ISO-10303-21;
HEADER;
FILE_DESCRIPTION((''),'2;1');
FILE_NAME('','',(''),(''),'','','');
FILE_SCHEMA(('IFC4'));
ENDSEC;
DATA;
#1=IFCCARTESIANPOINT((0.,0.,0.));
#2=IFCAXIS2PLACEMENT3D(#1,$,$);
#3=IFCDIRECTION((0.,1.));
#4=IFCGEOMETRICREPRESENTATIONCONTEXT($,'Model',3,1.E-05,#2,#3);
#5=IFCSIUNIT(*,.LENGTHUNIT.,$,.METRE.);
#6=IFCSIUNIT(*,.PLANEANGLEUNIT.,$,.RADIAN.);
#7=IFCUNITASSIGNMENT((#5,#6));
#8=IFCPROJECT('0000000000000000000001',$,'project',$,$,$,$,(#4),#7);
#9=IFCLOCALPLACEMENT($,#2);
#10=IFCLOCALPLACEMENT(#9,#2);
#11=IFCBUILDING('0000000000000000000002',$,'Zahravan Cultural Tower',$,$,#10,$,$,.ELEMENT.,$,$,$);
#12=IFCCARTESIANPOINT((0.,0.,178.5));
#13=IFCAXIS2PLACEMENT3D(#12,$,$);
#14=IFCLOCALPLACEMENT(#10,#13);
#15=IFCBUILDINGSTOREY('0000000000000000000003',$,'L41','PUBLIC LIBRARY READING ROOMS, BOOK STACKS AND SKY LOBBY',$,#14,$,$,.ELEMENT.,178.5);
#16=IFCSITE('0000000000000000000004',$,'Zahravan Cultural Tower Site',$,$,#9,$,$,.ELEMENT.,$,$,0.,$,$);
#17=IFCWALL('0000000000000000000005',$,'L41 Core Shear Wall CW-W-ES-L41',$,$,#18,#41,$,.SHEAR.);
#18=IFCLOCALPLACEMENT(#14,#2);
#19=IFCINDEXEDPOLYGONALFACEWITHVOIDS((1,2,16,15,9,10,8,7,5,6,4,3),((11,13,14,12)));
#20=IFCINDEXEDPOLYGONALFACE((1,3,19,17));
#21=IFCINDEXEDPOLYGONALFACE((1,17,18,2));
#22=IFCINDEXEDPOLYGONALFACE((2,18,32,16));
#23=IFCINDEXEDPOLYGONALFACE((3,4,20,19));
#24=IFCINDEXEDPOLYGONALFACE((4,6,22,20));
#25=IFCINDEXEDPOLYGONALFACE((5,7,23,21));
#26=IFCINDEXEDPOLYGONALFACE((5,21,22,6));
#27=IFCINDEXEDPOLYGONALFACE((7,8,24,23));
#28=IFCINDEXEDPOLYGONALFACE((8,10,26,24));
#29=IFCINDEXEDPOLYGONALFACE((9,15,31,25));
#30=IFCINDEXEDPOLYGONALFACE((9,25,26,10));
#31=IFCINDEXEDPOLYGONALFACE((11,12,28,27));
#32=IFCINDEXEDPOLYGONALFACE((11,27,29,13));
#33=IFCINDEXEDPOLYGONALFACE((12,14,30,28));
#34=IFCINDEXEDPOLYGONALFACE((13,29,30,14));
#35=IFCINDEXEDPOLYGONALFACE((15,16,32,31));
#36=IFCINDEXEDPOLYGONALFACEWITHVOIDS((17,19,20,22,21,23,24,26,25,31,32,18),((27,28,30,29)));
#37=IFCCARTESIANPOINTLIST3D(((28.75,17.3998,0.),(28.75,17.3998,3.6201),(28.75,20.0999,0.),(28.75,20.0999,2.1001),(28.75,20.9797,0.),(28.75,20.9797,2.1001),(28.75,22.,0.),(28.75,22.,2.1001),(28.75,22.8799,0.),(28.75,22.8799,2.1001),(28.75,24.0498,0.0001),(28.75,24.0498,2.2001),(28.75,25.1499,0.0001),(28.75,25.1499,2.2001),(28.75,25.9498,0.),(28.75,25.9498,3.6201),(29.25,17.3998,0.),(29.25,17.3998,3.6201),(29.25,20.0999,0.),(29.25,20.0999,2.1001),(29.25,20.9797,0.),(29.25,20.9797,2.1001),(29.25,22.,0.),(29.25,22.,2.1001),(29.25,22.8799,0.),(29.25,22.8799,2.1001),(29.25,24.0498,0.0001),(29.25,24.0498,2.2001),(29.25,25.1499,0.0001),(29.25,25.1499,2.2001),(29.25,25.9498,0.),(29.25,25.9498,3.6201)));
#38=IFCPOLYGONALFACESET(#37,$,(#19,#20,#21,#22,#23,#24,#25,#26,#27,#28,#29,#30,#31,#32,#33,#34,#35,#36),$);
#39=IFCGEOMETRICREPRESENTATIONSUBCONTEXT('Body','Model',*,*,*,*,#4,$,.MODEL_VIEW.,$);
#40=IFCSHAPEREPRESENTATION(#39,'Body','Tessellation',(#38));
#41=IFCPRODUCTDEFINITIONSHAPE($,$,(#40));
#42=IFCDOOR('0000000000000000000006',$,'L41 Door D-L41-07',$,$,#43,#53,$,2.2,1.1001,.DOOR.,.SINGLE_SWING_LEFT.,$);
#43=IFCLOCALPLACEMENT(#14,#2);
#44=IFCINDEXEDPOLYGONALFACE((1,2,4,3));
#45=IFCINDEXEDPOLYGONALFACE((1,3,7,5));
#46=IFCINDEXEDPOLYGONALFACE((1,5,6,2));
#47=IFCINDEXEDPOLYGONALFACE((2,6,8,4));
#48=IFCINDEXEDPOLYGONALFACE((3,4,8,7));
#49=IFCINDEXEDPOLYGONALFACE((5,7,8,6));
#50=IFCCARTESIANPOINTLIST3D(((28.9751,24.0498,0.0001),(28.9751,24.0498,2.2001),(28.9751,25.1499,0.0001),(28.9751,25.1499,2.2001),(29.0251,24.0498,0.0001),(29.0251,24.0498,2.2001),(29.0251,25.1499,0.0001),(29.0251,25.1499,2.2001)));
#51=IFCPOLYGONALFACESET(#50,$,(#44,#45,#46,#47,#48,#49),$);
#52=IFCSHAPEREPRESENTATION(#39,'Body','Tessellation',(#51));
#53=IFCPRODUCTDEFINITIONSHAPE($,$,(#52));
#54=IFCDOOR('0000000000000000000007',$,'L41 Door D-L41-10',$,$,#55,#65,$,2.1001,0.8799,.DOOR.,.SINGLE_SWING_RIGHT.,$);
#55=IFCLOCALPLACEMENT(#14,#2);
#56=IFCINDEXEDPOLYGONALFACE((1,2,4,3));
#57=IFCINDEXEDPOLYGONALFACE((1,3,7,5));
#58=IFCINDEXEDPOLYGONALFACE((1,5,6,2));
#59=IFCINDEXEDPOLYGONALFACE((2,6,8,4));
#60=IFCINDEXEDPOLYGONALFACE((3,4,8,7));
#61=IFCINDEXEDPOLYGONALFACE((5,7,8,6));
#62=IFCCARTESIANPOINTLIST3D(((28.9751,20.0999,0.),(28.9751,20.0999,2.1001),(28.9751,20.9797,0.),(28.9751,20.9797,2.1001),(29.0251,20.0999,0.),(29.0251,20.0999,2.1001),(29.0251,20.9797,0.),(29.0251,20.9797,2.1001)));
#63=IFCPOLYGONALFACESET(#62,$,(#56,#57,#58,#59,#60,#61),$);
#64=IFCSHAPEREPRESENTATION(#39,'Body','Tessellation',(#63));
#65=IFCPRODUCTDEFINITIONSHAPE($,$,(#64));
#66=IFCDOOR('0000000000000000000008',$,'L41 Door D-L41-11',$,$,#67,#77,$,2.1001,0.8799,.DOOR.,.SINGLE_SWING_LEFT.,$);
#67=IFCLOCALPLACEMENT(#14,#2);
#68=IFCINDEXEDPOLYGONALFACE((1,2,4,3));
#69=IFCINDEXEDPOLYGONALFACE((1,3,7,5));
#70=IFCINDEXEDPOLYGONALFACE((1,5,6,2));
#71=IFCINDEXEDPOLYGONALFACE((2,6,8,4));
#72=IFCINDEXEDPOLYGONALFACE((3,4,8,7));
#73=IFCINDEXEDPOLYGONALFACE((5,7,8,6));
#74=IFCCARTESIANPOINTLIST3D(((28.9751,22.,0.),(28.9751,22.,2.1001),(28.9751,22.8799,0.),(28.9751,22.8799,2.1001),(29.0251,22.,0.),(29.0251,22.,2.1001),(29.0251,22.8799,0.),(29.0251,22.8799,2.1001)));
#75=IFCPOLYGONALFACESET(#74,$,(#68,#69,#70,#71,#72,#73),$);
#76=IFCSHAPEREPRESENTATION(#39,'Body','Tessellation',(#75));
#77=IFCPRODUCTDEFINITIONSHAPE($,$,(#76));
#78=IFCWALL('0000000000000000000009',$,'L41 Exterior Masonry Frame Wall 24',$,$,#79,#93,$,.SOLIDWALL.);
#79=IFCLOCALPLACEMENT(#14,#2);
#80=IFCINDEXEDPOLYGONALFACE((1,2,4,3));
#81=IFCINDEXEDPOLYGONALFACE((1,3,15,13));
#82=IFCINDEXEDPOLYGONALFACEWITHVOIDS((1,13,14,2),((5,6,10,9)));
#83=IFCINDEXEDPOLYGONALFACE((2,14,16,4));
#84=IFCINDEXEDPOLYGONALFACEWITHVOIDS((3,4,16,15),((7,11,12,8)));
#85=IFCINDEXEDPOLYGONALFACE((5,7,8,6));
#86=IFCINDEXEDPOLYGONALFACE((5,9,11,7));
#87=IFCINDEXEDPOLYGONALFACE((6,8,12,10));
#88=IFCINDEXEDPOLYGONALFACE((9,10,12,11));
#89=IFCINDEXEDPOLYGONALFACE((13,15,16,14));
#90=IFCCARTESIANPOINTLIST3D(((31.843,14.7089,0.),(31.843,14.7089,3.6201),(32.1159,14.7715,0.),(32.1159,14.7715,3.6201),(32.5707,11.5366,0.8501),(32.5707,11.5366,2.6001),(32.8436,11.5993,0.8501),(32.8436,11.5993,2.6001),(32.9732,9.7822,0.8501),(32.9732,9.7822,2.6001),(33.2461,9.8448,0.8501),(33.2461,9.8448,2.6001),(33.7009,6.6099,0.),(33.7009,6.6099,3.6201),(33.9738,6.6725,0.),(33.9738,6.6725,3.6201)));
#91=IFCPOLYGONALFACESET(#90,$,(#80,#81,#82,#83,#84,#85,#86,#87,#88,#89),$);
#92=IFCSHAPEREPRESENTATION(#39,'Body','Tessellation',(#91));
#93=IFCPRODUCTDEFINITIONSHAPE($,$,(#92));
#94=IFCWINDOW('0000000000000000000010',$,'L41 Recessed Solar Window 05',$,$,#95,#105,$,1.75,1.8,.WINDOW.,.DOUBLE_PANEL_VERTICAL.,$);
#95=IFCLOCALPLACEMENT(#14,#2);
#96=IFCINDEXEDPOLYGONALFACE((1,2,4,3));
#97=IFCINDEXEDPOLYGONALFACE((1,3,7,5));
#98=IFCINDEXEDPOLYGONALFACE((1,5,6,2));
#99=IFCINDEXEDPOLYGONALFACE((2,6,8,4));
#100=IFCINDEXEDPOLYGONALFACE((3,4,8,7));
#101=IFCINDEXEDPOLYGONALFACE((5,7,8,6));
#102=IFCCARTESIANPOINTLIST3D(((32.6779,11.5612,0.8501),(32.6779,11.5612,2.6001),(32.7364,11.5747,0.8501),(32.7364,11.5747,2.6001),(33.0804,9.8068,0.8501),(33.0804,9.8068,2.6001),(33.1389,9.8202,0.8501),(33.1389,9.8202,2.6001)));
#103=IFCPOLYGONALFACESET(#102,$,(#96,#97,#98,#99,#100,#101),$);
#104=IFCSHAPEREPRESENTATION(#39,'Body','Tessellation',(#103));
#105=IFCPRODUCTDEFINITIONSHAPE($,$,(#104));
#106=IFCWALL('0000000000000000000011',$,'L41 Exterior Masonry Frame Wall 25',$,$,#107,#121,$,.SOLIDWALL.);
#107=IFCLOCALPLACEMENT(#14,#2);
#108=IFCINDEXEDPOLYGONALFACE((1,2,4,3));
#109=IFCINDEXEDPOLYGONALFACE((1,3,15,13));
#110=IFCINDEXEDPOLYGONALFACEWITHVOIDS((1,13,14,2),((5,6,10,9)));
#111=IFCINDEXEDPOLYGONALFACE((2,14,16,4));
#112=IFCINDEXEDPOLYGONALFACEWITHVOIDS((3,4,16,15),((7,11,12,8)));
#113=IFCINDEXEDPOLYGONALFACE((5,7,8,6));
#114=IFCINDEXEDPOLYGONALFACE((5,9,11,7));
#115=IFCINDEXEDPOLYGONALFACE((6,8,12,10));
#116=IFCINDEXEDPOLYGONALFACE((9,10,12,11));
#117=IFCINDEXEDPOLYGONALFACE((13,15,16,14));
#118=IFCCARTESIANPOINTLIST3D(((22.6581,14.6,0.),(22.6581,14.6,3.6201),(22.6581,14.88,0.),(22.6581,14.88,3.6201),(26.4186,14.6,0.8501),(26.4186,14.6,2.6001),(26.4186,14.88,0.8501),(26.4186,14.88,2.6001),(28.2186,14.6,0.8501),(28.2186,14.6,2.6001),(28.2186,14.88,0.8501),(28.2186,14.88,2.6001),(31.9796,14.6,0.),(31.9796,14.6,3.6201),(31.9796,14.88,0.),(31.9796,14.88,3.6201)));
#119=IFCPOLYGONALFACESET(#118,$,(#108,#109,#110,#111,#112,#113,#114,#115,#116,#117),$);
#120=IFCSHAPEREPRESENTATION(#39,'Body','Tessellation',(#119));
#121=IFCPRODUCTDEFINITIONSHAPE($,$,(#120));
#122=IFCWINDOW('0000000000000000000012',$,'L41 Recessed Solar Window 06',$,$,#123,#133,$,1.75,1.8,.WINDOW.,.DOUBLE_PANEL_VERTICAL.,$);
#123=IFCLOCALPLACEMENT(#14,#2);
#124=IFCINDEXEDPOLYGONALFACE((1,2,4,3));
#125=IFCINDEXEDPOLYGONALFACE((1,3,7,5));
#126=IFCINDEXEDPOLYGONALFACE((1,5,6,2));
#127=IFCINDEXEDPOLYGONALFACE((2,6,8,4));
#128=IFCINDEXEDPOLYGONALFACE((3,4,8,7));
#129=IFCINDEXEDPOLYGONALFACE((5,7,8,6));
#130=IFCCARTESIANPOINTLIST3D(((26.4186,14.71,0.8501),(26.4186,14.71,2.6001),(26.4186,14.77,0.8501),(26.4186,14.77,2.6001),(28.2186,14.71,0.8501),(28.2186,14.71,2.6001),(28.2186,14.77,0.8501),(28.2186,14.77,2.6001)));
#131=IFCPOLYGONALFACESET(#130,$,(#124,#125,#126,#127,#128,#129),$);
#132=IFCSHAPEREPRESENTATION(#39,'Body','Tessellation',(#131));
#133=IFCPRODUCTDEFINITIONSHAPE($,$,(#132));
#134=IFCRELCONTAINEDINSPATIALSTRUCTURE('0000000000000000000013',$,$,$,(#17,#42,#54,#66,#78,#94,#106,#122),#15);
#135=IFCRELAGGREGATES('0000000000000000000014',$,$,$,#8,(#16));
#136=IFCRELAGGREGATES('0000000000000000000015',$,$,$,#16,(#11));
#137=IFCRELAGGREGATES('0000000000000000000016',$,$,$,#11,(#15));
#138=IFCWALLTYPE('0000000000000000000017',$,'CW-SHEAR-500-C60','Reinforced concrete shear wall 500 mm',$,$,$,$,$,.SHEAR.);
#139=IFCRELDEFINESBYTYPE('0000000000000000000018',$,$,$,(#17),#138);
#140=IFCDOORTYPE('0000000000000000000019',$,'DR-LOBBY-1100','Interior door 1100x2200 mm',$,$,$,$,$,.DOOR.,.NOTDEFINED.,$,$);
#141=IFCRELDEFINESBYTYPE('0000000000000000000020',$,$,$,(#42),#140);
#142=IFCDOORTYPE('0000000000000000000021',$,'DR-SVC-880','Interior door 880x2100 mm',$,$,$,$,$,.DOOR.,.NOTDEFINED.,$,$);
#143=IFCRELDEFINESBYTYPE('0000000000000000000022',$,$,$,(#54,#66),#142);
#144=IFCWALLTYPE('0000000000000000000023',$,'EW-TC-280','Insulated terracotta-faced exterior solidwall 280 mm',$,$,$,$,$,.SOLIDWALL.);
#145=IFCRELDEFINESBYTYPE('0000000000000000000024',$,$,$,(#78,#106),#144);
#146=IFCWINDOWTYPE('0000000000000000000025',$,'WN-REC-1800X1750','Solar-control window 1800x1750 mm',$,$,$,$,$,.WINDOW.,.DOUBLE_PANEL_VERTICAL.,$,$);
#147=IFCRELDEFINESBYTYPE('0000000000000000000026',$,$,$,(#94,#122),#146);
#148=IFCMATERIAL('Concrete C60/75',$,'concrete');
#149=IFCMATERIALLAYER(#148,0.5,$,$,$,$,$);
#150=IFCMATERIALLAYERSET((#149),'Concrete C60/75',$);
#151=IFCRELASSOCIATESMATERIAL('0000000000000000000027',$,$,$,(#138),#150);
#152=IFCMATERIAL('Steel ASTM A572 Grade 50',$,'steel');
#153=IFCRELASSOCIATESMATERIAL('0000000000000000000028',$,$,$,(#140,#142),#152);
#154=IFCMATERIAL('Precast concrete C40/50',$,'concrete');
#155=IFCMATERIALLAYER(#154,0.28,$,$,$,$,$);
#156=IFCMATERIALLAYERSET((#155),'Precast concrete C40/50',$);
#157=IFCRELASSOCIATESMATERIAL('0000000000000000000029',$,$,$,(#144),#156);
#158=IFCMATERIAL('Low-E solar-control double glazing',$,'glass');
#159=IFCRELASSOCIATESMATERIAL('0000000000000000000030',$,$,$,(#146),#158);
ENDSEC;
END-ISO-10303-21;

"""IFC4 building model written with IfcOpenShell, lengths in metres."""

from ifc_helpers import new_model, si_unit, direction, frame, frame_2d, origin, place, context, subcontext, project, spatial, rectangle, extrude, source, transform, mapped, material, layer, layer_set, type_object, element, fill, save


model = new_model("IFC4")

# Units and contexts
model_context = context("Model", 3, precision=1e-05, world=origin(), true_north=direction((0.0, 1.0)))
body_context = subcontext(model_context, "Body", "Model", "MODEL_VIEW")
ifc_project = project(units=[si_unit("LENGTHUNIT", "METRE"), si_unit("PLANEANGLEUNIT", "RADIAN")], contexts=[model_context])

# Site, building, storey
site_placement = place(None, origin())
site = spatial("IfcSite", under=ifc_project, at=site_placement, Name="Zahravan Cultural Tower Site", CompositionType="ELEMENT", RefElevation=0.0)
building_placement = place(site_placement, origin())
building = spatial("IfcBuilding", under=site, at=building_placement, Name="Zahravan Cultural Tower", CompositionType="ELEMENT")
storey_placement = place(building_placement, frame((0.0, 0.0, 178.5)))
storey = spatial("IfcBuildingStorey", under=building, at=storey_placement, Name="L41", Description="PUBLIC LIBRARY READING ROOMS, BOOK STACKS AND SKY LOBBY", CompositionType="ELEMENT", Elevation=178.5)

# Wall, openings, doors
ifc_material_1 = material(Name="Concrete C60/75", Category="concrete")
ifc_layer_1 = layer(ifc_material_1, 0.5)
ifc_layer_set_1 = layer_set([ifc_layer_1], Name="Concrete C60/75")
wall_type_1 = type_object("IfcWallType", Name="CW-SHEAR-500-C60", Description="Reinforced concrete shear wall 500 mm", PredefinedType="SHEAR", material=ifc_layer_set_1)
wall_1_placement = place(storey_placement, frame((29.0, 17.3999, 0.0), z_axis=(0.0, 0.0, 1.0), x_axis=(0.0, 1.0, 0.0)))
wall_1 = element("IfcWall", 1, at=wall_1_placement, inside=storey, type_object=wall_type_1, Name="L41 Core Shear Wall CW-W-ES-L41", PredefinedType="SHEAR", context=body_context, shape_type="SweptSolid", body=[
    extrude(rectangle(XDim=8.55, YDim=0.5, at=frame_2d((4.2749, 0.0))), origin(), (0.0, 0.0, 1.0), 3.6201),
])
opening_1_placement = place(wall_1_placement, frame((6.6499, 0.0, 0.0)))
opening_1 = element("IfcOpeningElement", 2, at=opening_1_placement, cuts=wall_1, PredefinedType="OPENING", context=body_context, shape_type="SweptSolid", body=[
    extrude(rectangle(XDim=1.1001, YDim=2.2, at=frame_2d((0.55, 1.1001))), frame((0.0, 0.26, 0.0), z_axis=(0.0, -1.0, 0.0), x_axis=(1.0, 0.0, 0.0)), (0.0, 0.0, 1.0), 0.52),
])
opening_2_placement = place(wall_1_placement, frame((2.7, 0.0, 0.0)))
opening_2 = element("IfcOpeningElement", 3, at=opening_2_placement, cuts=wall_1, PredefinedType="OPENING", context=body_context, shape_type="SweptSolid", body=[
    extrude(rectangle(XDim=0.8799, YDim=2.1001, at=frame_2d((0.4399, 1.05))), frame((0.0, 0.26, 0.0), z_axis=(0.0, -1.0, 0.0), x_axis=(1.0, 0.0, 0.0)), (0.0, 0.0, 1.0), 0.52),
])
opening_3_placement = place(wall_1_placement, frame((4.6001, 0.0, 0.0)))
opening_3 = element("IfcOpeningElement", 4, at=opening_3_placement, cuts=wall_1, PredefinedType="OPENING", context=body_context, shape_type="SweptSolid", body=[
    extrude(rectangle(XDim=0.8799, YDim=2.1001, at=frame_2d((0.4399, 1.05))), frame((0.0, 0.26, 0.0), z_axis=(0.0, -1.0, 0.0), x_axis=(1.0, 0.0, 0.0)), (0.0, 0.0, 1.0), 0.52),
])
ifc_material_2 = material(Name="Steel ASTM A572 Grade 50", Category="steel")
door_type_1 = type_object("IfcDoorType", Name="DR-LOBBY-1100", Description="Interior door 1100x2200 mm", OperationType="NOTDEFINED", PredefinedType="DOOR", material=ifc_material_2)
shared_shape_1 = source(origin(), body_context, "Body", "SweptSolid", [
    extrude(rectangle(XDim=1.1001, YDim=2.2, at=frame_2d((0.55, 1.1001))), frame((0.0, 0.0249, 0.0), z_axis=(0.0, -1.0, 0.0), x_axis=(1.0, 0.0, 0.0)), (0.0, 0.0, 1.0), 0.05),
])
door_1_placement = place(opening_1_placement, origin())
door_1 = element("IfcDoor", 5, at=door_1_placement, inside=storey, type_object=door_type_1, Name="L41 Door D-L41-07", OperationType="SINGLE_SWING_LEFT", OverallHeight=2.2, OverallWidth=1.1001, PredefinedType="DOOR", context=body_context, shape_type="MappedRepresentation", body=[
    mapped(shared_shape_1, transform((0.0, 0.0, 0.0), x_axis=(1.0, 0.0, 0.0), y_axis=(0.0, 1.0, 0.0), z_axis=(0.0, 0.0, 1.0), scale=1.0)),
])
fill(opening_1, door_1)
door_type_2 = type_object("IfcDoorType", Name="DR-SVC-880", Description="Interior door 880x2100 mm", OperationType="NOTDEFINED", PredefinedType="DOOR", material=ifc_material_2)
shared_shape_2 = source(origin(), body_context, "Body", "SweptSolid", [
    extrude(rectangle(XDim=0.8799, YDim=2.1001, at=frame_2d((0.4399, 1.05))), frame((0.0, 0.0249, 0.0), z_axis=(0.0, -1.0, 0.0), x_axis=(1.0, 0.0, 0.0)), (0.0, 0.0, 1.0), 0.05),
])
door_2_placement = place(opening_2_placement, origin())
door_2 = element("IfcDoor", 6, at=door_2_placement, inside=storey, type_object=door_type_2, Name="L41 Door D-L41-10", OperationType="SINGLE_SWING_RIGHT", OverallHeight=2.1001, OverallWidth=0.8799, PredefinedType="DOOR", context=body_context, shape_type="MappedRepresentation", body=[
    mapped(shared_shape_2, transform((0.0, 0.0, 0.0), x_axis=(1.0, 0.0, 0.0), y_axis=(0.0, 1.0, 0.0), z_axis=(0.0, 0.0, 1.0), scale=1.0)),
])
fill(opening_2, door_2)
door_3_placement = place(opening_3_placement, origin())
door_3 = element("IfcDoor", 7, at=door_3_placement, inside=storey, type_object=door_type_2, Name="L41 Door D-L41-11", OperationType="SINGLE_SWING_LEFT", OverallHeight=2.1001, OverallWidth=0.8799, PredefinedType="DOOR", context=body_context, shape_type="MappedRepresentation", body=[
    mapped(shared_shape_2, transform((0.0, 0.0, 0.0), x_axis=(1.0, 0.0, 0.0), y_axis=(0.0, 1.0, 0.0), z_axis=(0.0, 0.0, 1.0), scale=1.0)),
])
fill(opening_3, door_3)

# Walls, openings, windows
ifc_material_3 = material(Name="Precast concrete C40/50", Category="concrete")
ifc_layer_2 = layer(ifc_material_3, 0.28)
ifc_layer_set_2 = layer_set([ifc_layer_2], Name="Precast concrete C40/50")
wall_type_2 = type_object("IfcWallType", Name="EW-TC-280", Description="Insulated terracotta-faced exterior solidwall 280 mm", PredefinedType="SOLIDWALL", material=ifc_layer_set_2)
wall_2_placement = place(storey_placement, frame((33.8374, 6.6411, 0.0), z_axis=(0.0, 0.0, 1.0), x_axis=(-0.223595, 0.974682, 0.0)))
wall_2 = element("IfcWall", 8, at=wall_2_placement, inside=storey, type_object=wall_type_2, Name="L41 Exterior Masonry Frame Wall 24", PredefinedType="SOLIDWALL", context=body_context, shape_type="SweptSolid", body=[
    extrude(rectangle(XDim=8.3093, YDim=0.28, at=frame_2d((4.1548, 0.0))), origin(), (0.0, 0.0, 1.0), 3.6201),
])
opening_4_placement = place(wall_2_placement, frame((3.2549, 0.0, 0.8501)))
opening_4 = element("IfcOpeningElement", 9, at=opening_4_placement, cuts=wall_2, PredefinedType="OPENING", context=body_context, shape_type="SweptSolid", body=[
    extrude(rectangle(XDim=1.8, YDim=1.75, at=frame_2d((0.8999, 0.875))), frame((0.0, 0.1499, 0.0), z_axis=(0.0, -1.0, 0.0), x_axis=(1.0, 0.0, 0.0)), (0.0, 0.0, 1.0), 0.3),
])
ifc_material_4 = material(Name="Low-E solar-control double glazing", Category="glass")
window_type = type_object("IfcWindowType", Name="WN-REC-1800X1750", Description="Solar-control window 1800x1750 mm", PartitioningType="DOUBLE_PANEL_VERTICAL", PredefinedType="WINDOW", material=ifc_material_4)
shared_shape_3 = source(origin(), body_context, "Body", "SweptSolid", [
    extrude(rectangle(XDim=1.8, YDim=1.75, at=frame_2d((0.8999, 0.875))), frame((0.0, 0.03, 0.0), z_axis=(0.0, -1.0, 0.0), x_axis=(1.0, 0.0, 0.0)), (0.0, 0.0, 1.0), 0.0601),
])
window_1_placement = place(opening_4_placement, origin())
window_1 = element("IfcWindow", 10, at=window_1_placement, inside=storey, type_object=window_type, Name="L41 Recessed Solar Window 05", OverallHeight=1.75, OverallWidth=1.8, PartitioningType="DOUBLE_PANEL_VERTICAL", PredefinedType="WINDOW", context=body_context, shape_type="MappedRepresentation", body=[
    mapped(shared_shape_3, transform((0.0, 0.0, 0.0), x_axis=(1.0, 0.0, 0.0), y_axis=(0.0, 1.0, 0.0), z_axis=(0.0, 0.0, 1.0), scale=1.0)),
])
fill(opening_4, window_1)
wall_3_placement = place(storey_placement, frame((31.9795, 14.74, 0.0), z_axis=(0.0, 0.0, 1.0), x_axis=(-1.0, 0.0, 0.0)))
wall_3 = element("IfcWall", 11, at=wall_3_placement, inside=storey, type_object=wall_type_2, Name="L41 Exterior Masonry Frame Wall 25", PredefinedType="SOLIDWALL", context=body_context, shape_type="SweptSolid", body=[
    extrude(rectangle(XDim=9.3215, YDim=0.28, at=frame_2d((4.6606, 0.0))), origin(), (0.0, 0.0, 1.0), 3.6201),
])
opening_5_placement = place(wall_3_placement, frame((3.761, 0.0, 0.8501)))
opening_5 = element("IfcOpeningElement", 12, at=opening_5_placement, cuts=wall_3, PredefinedType="OPENING", context=body_context, shape_type="SweptSolid", body=[
    extrude(rectangle(XDim=1.8, YDim=1.75, at=frame_2d((0.8999, 0.875))), frame((0.0, 0.1499, 0.0), z_axis=(0.0, -1.0, 0.0), x_axis=(1.0, 0.0, 0.0)), (0.0, 0.0, 1.0), 0.3),
])
window_2_placement = place(opening_5_placement, origin())
window_2 = element("IfcWindow", 13, at=window_2_placement, inside=storey, type_object=window_type, Name="L41 Recessed Solar Window 06", OverallHeight=1.75, OverallWidth=1.8, PartitioningType="DOUBLE_PANEL_VERTICAL", PredefinedType="WINDOW", context=body_context, shape_type="MappedRepresentation", body=[
    mapped(shared_shape_3, transform((0.0, 0.0, 0.0), x_axis=(1.0, 0.0, 0.0), y_axis=(0.0, 1.0, 0.0), z_axis=(0.0, 0.0, 1.0), scale=1.0)),
])
fill(opening_5, window_2)

save(model, "model.ifc")
